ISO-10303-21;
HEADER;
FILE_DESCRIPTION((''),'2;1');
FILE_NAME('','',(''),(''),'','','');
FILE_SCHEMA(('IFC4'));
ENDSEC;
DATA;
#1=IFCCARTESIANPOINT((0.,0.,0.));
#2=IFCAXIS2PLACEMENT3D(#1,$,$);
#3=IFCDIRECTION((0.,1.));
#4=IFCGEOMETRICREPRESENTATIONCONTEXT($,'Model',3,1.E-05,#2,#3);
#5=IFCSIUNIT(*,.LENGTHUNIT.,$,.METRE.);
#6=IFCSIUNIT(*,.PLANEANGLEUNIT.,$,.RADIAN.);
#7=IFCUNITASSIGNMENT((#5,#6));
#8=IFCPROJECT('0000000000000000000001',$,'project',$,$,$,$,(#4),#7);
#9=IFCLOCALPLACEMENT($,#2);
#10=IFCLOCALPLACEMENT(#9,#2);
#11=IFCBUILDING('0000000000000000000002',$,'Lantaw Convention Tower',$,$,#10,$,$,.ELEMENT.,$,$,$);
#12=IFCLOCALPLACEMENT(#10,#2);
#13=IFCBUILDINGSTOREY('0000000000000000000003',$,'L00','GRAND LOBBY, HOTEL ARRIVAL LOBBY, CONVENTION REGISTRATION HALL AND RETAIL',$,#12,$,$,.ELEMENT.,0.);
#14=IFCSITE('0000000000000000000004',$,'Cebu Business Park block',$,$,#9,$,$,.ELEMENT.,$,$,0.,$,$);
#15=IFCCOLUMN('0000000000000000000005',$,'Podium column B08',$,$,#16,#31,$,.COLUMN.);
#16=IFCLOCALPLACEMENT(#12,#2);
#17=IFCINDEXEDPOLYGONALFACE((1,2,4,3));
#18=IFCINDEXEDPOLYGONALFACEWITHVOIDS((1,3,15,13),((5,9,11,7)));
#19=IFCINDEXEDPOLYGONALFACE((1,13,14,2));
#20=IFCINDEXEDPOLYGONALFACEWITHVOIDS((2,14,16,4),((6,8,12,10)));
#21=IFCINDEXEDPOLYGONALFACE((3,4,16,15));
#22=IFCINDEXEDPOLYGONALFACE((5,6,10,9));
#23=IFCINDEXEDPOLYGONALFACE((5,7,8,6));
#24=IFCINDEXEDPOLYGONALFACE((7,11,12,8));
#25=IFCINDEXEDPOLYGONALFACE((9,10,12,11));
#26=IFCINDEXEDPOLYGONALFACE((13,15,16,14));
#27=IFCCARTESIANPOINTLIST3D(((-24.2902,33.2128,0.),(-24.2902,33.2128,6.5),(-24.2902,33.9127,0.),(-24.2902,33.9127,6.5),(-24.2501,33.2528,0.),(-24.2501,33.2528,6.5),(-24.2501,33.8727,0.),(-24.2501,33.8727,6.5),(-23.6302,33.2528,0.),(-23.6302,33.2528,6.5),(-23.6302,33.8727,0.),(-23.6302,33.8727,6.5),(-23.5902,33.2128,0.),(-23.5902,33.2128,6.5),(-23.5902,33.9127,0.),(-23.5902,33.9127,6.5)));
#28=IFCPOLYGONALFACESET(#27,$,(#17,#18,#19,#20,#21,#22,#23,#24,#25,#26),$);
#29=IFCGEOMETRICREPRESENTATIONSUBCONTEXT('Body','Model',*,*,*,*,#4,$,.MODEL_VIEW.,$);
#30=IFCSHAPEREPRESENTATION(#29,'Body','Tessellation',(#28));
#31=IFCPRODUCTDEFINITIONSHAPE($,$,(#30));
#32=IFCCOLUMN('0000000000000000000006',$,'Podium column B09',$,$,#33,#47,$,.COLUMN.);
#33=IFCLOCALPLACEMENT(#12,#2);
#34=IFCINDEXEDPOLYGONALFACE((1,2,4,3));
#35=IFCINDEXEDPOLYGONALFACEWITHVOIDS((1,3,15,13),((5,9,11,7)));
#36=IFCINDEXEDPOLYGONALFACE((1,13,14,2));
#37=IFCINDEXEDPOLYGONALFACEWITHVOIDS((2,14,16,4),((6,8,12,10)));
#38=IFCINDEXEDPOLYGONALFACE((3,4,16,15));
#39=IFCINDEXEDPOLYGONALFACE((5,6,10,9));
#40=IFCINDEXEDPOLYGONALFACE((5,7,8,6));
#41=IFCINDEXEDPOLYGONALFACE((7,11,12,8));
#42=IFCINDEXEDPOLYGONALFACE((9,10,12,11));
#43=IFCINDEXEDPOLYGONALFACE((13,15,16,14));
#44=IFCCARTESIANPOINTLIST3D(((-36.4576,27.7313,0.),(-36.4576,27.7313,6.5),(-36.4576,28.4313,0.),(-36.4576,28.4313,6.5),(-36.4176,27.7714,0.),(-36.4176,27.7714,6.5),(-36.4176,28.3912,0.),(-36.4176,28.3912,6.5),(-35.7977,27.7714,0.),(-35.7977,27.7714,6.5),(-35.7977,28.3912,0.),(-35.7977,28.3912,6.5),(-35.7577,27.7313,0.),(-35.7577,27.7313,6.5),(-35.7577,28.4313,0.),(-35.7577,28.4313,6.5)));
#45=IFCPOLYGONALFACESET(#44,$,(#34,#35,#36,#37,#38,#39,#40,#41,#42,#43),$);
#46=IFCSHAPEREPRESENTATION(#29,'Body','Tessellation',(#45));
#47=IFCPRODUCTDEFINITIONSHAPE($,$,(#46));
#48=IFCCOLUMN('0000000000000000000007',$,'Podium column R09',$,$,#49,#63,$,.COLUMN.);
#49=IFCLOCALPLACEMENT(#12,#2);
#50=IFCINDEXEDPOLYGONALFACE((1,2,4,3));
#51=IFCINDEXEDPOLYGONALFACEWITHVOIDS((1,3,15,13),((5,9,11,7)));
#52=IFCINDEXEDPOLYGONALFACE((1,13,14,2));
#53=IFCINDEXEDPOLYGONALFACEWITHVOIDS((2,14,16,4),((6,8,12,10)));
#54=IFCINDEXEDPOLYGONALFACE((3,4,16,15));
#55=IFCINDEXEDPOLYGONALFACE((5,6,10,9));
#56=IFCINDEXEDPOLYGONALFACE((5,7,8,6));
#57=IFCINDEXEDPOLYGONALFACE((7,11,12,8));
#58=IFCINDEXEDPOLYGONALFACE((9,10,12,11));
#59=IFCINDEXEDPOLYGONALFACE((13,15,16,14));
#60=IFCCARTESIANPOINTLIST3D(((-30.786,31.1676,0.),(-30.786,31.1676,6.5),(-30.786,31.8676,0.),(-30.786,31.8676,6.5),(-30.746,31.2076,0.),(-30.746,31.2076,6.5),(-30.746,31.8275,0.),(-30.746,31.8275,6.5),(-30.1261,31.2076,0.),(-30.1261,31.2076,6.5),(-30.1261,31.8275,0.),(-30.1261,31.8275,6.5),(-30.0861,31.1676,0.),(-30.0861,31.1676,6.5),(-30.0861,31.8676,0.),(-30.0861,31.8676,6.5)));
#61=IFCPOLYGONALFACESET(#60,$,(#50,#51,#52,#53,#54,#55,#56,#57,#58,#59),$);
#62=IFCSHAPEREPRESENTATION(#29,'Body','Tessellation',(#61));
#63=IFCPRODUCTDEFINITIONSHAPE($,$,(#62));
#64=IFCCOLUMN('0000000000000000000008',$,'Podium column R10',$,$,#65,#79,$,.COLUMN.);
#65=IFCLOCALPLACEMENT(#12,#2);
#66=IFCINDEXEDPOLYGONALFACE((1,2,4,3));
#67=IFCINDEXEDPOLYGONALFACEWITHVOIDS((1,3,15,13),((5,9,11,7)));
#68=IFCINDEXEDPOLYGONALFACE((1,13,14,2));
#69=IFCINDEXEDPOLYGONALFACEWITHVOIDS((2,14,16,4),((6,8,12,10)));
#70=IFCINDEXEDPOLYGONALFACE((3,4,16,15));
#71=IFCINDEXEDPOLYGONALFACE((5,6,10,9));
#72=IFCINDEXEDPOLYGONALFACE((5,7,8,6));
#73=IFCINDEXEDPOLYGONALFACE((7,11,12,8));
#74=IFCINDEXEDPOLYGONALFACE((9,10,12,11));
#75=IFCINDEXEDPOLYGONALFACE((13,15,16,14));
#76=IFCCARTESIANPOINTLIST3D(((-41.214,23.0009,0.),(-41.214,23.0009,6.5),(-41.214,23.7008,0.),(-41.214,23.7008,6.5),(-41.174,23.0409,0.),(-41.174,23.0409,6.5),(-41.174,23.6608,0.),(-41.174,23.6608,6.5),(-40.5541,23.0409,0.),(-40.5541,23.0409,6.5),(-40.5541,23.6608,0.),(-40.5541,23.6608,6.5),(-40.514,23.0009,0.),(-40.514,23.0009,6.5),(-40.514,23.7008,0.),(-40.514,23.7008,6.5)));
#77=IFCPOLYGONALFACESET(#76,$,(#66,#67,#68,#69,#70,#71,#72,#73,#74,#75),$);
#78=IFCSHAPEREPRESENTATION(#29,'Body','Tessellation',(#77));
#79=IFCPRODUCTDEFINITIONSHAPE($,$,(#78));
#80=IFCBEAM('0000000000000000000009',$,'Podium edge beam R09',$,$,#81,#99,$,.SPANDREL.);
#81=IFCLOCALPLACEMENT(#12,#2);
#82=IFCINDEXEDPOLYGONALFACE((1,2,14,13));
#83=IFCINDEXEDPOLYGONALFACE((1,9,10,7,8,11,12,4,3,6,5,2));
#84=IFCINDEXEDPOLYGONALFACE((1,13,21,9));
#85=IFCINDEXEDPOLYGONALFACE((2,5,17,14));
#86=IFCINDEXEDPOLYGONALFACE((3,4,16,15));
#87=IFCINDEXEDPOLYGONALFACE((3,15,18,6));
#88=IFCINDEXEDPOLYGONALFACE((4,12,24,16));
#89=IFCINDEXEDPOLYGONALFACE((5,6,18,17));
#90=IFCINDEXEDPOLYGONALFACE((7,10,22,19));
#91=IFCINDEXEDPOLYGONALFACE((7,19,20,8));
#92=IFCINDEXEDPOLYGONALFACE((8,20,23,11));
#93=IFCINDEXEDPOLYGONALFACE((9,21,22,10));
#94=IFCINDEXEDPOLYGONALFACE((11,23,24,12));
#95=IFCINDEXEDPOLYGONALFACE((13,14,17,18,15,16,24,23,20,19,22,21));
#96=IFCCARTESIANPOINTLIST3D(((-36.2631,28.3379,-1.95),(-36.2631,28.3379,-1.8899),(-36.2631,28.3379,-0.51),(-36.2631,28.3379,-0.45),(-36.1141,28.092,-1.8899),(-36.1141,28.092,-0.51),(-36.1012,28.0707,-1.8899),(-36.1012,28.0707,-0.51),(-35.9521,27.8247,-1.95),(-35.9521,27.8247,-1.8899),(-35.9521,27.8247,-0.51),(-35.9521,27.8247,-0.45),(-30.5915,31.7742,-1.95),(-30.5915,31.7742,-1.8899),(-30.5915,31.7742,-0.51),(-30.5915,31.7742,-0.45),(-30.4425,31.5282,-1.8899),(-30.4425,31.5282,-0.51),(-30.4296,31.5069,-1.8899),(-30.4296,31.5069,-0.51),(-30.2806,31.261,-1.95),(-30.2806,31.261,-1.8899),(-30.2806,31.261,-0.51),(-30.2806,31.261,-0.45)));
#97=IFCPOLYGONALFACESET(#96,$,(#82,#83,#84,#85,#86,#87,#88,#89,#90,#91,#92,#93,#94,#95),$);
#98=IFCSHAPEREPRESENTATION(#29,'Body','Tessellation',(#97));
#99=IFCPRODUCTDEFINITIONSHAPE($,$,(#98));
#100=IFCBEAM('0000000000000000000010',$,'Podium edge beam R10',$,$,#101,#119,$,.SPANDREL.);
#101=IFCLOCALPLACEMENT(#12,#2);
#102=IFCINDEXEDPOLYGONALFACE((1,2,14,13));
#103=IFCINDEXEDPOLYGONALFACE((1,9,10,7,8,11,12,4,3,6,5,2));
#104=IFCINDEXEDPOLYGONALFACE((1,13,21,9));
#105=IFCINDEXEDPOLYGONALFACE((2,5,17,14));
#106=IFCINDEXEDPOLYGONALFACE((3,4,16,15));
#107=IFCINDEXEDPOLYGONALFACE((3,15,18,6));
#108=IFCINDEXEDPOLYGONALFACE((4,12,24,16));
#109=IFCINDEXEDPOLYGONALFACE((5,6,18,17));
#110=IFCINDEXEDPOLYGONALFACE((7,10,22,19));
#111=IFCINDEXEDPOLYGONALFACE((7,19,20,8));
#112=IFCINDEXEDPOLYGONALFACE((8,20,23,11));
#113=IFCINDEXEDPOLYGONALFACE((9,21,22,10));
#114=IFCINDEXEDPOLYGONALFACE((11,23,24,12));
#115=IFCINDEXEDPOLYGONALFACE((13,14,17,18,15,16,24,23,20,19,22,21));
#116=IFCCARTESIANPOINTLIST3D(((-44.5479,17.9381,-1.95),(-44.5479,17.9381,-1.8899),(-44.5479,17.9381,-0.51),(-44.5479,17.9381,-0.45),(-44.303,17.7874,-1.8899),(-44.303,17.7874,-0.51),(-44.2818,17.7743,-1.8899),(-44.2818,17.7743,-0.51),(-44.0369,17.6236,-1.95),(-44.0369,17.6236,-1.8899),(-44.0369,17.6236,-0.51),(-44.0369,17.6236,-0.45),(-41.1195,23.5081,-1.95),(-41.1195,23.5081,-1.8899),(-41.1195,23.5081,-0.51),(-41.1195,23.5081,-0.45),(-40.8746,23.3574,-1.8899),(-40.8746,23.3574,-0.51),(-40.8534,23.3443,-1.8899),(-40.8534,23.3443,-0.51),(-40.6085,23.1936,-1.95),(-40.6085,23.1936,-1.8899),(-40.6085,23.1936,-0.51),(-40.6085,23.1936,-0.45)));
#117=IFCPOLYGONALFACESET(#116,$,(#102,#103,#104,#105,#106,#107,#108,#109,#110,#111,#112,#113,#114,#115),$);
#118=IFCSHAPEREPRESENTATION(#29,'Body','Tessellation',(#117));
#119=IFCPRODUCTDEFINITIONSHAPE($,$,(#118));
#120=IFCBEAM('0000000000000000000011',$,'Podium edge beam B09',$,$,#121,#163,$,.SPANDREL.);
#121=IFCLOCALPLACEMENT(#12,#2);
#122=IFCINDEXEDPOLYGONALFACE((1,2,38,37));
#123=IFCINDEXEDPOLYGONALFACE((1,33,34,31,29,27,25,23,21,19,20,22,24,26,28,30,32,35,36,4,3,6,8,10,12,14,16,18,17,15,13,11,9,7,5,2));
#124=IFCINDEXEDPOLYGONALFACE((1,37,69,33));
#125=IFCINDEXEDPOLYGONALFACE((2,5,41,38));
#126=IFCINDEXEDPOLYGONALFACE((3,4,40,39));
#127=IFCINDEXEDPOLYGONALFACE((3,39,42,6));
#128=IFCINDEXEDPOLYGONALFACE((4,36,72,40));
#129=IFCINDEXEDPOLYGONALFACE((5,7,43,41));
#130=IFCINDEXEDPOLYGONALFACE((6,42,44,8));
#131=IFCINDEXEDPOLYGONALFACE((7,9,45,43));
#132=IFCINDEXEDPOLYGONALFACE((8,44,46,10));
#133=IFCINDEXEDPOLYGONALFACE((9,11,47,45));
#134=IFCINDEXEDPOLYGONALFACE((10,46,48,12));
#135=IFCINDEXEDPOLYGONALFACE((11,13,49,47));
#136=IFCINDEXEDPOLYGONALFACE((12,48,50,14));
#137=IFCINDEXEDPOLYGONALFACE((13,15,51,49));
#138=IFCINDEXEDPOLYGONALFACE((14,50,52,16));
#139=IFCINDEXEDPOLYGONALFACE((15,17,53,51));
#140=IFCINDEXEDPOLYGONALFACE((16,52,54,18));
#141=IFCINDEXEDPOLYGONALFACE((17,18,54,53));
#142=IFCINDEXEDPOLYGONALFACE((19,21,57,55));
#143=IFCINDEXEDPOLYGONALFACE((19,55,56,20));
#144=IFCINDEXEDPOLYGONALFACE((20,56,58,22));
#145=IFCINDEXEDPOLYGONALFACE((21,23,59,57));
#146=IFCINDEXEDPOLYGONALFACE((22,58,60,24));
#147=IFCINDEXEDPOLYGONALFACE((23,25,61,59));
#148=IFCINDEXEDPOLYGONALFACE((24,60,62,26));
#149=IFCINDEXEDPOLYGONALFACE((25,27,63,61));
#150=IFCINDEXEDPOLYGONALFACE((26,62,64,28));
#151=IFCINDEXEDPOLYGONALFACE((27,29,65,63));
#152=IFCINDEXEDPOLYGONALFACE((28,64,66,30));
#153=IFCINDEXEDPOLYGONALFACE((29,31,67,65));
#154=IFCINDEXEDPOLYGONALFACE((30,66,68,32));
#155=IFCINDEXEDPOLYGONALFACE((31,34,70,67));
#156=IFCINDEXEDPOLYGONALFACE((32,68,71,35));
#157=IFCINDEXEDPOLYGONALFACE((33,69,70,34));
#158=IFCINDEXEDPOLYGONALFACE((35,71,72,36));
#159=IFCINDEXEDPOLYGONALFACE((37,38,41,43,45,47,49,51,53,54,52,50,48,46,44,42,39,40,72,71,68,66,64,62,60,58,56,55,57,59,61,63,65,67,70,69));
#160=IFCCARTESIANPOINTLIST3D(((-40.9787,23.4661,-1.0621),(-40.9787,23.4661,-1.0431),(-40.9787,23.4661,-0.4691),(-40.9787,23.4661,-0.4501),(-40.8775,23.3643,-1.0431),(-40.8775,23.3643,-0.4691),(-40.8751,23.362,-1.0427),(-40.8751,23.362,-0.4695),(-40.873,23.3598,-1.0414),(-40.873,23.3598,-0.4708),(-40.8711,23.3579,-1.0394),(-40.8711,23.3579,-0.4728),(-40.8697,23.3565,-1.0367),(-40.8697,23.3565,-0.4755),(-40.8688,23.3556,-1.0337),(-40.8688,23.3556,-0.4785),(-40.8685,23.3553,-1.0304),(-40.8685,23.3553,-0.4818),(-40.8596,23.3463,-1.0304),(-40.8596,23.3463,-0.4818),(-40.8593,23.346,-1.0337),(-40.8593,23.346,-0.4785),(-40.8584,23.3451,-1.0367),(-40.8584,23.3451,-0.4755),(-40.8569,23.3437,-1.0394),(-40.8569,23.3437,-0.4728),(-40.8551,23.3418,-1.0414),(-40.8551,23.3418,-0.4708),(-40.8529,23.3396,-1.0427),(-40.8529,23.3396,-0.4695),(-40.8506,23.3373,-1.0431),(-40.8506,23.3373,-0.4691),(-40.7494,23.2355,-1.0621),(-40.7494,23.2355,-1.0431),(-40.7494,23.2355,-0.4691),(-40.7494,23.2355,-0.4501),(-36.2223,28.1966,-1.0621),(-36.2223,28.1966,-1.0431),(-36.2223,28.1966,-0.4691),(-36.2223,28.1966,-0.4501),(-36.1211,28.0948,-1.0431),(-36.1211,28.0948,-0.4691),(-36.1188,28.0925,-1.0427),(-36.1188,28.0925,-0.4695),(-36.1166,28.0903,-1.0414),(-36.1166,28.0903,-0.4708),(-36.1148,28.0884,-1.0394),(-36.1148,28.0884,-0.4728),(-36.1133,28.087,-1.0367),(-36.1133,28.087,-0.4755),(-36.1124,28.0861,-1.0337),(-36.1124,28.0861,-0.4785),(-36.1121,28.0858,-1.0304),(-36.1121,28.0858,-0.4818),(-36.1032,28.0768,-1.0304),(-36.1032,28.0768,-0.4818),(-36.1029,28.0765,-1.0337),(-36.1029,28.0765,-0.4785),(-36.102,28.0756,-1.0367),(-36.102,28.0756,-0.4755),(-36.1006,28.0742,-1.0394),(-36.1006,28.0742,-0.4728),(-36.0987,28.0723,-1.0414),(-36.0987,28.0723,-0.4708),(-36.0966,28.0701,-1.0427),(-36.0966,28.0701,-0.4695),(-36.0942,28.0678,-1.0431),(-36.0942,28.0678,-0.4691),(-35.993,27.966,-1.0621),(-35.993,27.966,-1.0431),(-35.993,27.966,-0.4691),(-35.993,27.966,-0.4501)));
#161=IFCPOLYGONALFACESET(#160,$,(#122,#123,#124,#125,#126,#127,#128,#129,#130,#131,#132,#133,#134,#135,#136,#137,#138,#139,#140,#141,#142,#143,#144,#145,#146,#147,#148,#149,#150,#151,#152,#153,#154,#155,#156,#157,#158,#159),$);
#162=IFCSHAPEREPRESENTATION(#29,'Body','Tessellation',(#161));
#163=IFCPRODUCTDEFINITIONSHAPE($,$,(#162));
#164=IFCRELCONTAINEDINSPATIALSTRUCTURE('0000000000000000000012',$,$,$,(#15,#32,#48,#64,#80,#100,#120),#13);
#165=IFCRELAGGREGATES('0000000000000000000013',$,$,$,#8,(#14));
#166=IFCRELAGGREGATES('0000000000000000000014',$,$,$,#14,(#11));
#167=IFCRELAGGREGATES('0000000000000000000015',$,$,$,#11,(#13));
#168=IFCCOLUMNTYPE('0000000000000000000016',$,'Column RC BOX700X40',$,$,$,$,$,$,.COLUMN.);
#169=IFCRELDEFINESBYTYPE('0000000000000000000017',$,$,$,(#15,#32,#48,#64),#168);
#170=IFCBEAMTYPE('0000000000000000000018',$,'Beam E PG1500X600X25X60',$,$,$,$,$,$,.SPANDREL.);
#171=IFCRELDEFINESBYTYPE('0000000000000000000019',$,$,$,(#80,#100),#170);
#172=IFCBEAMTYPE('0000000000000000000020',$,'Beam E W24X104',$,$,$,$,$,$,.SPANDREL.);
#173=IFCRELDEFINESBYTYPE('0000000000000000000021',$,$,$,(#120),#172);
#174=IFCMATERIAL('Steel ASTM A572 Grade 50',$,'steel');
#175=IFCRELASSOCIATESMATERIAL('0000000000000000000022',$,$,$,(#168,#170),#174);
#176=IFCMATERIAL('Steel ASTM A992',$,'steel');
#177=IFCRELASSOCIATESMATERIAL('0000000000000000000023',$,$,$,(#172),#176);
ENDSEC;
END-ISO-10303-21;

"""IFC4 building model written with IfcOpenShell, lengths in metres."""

from ifc_helpers import new_model, si_unit, direction, frame, origin, origin_2d, place, context, subcontext, project, spatial, hollow_rectangle, i_section, extrude, material, material_profile, profile_set, type_object, element, save


model = new_model("IFC4")

# Units and contexts
model_context = context("Model", 3, precision=1e-05, world=origin(), true_north=direction((0.0, 1.0)))
body_context = subcontext(model_context, "Body", "Model", "MODEL_VIEW")
ifc_project = project(units=[si_unit("LENGTHUNIT", "METRE"), si_unit("PLANEANGLEUNIT", "RADIAN")], contexts=[model_context])

# Site, building, storey
site_placement = place(None, origin())
site = spatial("IfcSite", under=ifc_project, at=site_placement, Name="Cebu Business Park block", CompositionType="ELEMENT", RefElevation=0.0)
building_placement = place(site_placement, origin())
building = spatial("IfcBuilding", under=site, at=building_placement, Name="Lantaw Convention Tower", CompositionType="ELEMENT")
storey_placement = place(building_placement, origin())
storey = spatial("IfcBuildingStorey", under=building, at=storey_placement, Name="L00", Description="GRAND LOBBY, HOTEL ARRIVAL LOBBY, CONVENTION REGISTRATION HALL AND RETAIL", CompositionType="ELEMENT", Elevation=0.0)

# Columns
ifc_material_1 = material(Name="Steel ASTM A572 Grade 50", Category="steel")
ifc_material_profile_1 = material_profile(ifc_material_1, hollow_rectangle(XDim=0.7, YDim=0.7, WallThickness=0.04, at=origin_2d()), Name="BOX700X40")
ifc_profile_set_1 = profile_set([ifc_material_profile_1], Name="Steel ASTM A572 Grade 50")
column_type = type_object("IfcColumnType", Name="Column RC BOX700X40", PredefinedType="COLUMN", material=ifc_profile_set_1)
for number, where, z_axis, x_axis, name in (
    (1, (-23.9402, 33.5627, 0.0), (0.0, 0.0, 1.0), (1.0, 0.0, 0.0), "Podium column B08"),
    (2, (-36.1077, 28.0813, 0.0), (0.0, 0.0, 1.0), (1.0, 0.0, 0.0), "Podium column B09"),
    (3, (-30.436, 31.5176, 0.0), (0.0, 0.0, 1.0), (1.0, 0.0, 0.0), "Podium column R09"),
    (4, (-40.864, 23.3508, 0.0), (0.0, 0.0, 1.0), (1.0, 0.0, 0.0), "Podium column R10"),
):
    element("IfcColumn", number, at=place(storey_placement, frame(where, z_axis=z_axis, x_axis=x_axis)), inside=storey, type_object=column_type, Name=name, PredefinedType="COLUMN", context=body_context, shape_type="SweptSolid", body=[
        extrude(hollow_rectangle(XDim=0.7, YDim=0.7, WallThickness=0.04, at=origin_2d()), origin(), (0.0, 0.0, 1.0), 6.5),
    ])

# Beams
ifc_material_profile_2 = material_profile(ifc_material_1, i_section(OverallWidth=0.6001, OverallDepth=1.5, WebThickness=0.0249, FlangeThickness=0.0601, at=origin_2d()), Name="PG1500X600X25X60")
ifc_profile_set_2 = profile_set([ifc_material_profile_2], Name="Steel ASTM A572 Grade 50")
beam_type_1 = type_object("IfcBeamType", Name="Beam E PG1500X600X25X60", PredefinedType="SPANDREL", material=ifc_profile_set_2)
beam_1_placement = place(storey_placement, frame((-30.436, 31.5176, -1.2), z_axis=(-0.85527, -0.518183, 0.0), x_axis=(0.518183, -0.85527, 0.0)))
element("IfcBeam", 5, at=beam_1_placement, inside=storey, type_object=beam_type_1, Name="Podium edge beam R09", PredefinedType="SPANDREL", context=body_context, shape_type="SweptSolid", body=[
    extrude(i_section(OverallWidth=0.6001, OverallDepth=1.5, WebThickness=0.0249, FlangeThickness=0.0601, at=origin_2d()), origin(), (0.0, 0.0, 1.0), 6.6313),
])
beam_2_placement = place(storey_placement, frame((-40.864, 23.3508, -1.2), z_axis=(-0.524179, -0.851608, 0.0), x_axis=(0.851608, -0.524179, 0.0)))
element("IfcBeam", 6, at=beam_2_placement, inside=storey, type_object=beam_type_1, Name="Podium edge beam R10", PredefinedType="SPANDREL", context=body_context, shape_type="SweptSolid", body=[
    extrude(i_section(OverallWidth=0.6001, OverallDepth=1.5, WebThickness=0.0249, FlangeThickness=0.0601, at=origin_2d()), origin(), (0.0, 0.0, 1.0), 6.5405),
])
ifc_material_2 = material(Name="Steel ASTM A992", Category="steel")
ifc_material_profile_3 = material_profile(ifc_material_2, i_section(OverallWidth=0.3252, OverallDepth=0.6121, WebThickness=0.0127, FlangeThickness=0.019, FilletRadius=0.0127, at=origin_2d()), Name="W24X104")
ifc_profile_set_3 = profile_set([ifc_material_profile_3], Name="Steel ASTM A992")
beam_type_2 = type_object("IfcBeamType", Name="Beam E W24X104", PredefinedType="SPANDREL", material=ifc_profile_set_3)
beam_3_placement = place(storey_placement, frame((-36.1077, 28.0813, -0.7561), z_axis=(-0.709033, -0.705175, 0.0), x_axis=(0.705175, -0.709033, 0.0)))
element("IfcBeam", 7, at=beam_3_placement, inside=storey, type_object=beam_type_2, Name="Podium edge beam B09", PredefinedType="SPANDREL", context=body_context, shape_type="SweptSolid", body=[
    extrude(i_section(OverallWidth=0.3252, OverallDepth=0.6121, WebThickness=0.0127, FlangeThickness=0.019, FilletRadius=0.0127, at=origin_2d()), origin(), (0.0, 0.0, 1.0), 6.7083),
])

save(model, "model.ifc")
